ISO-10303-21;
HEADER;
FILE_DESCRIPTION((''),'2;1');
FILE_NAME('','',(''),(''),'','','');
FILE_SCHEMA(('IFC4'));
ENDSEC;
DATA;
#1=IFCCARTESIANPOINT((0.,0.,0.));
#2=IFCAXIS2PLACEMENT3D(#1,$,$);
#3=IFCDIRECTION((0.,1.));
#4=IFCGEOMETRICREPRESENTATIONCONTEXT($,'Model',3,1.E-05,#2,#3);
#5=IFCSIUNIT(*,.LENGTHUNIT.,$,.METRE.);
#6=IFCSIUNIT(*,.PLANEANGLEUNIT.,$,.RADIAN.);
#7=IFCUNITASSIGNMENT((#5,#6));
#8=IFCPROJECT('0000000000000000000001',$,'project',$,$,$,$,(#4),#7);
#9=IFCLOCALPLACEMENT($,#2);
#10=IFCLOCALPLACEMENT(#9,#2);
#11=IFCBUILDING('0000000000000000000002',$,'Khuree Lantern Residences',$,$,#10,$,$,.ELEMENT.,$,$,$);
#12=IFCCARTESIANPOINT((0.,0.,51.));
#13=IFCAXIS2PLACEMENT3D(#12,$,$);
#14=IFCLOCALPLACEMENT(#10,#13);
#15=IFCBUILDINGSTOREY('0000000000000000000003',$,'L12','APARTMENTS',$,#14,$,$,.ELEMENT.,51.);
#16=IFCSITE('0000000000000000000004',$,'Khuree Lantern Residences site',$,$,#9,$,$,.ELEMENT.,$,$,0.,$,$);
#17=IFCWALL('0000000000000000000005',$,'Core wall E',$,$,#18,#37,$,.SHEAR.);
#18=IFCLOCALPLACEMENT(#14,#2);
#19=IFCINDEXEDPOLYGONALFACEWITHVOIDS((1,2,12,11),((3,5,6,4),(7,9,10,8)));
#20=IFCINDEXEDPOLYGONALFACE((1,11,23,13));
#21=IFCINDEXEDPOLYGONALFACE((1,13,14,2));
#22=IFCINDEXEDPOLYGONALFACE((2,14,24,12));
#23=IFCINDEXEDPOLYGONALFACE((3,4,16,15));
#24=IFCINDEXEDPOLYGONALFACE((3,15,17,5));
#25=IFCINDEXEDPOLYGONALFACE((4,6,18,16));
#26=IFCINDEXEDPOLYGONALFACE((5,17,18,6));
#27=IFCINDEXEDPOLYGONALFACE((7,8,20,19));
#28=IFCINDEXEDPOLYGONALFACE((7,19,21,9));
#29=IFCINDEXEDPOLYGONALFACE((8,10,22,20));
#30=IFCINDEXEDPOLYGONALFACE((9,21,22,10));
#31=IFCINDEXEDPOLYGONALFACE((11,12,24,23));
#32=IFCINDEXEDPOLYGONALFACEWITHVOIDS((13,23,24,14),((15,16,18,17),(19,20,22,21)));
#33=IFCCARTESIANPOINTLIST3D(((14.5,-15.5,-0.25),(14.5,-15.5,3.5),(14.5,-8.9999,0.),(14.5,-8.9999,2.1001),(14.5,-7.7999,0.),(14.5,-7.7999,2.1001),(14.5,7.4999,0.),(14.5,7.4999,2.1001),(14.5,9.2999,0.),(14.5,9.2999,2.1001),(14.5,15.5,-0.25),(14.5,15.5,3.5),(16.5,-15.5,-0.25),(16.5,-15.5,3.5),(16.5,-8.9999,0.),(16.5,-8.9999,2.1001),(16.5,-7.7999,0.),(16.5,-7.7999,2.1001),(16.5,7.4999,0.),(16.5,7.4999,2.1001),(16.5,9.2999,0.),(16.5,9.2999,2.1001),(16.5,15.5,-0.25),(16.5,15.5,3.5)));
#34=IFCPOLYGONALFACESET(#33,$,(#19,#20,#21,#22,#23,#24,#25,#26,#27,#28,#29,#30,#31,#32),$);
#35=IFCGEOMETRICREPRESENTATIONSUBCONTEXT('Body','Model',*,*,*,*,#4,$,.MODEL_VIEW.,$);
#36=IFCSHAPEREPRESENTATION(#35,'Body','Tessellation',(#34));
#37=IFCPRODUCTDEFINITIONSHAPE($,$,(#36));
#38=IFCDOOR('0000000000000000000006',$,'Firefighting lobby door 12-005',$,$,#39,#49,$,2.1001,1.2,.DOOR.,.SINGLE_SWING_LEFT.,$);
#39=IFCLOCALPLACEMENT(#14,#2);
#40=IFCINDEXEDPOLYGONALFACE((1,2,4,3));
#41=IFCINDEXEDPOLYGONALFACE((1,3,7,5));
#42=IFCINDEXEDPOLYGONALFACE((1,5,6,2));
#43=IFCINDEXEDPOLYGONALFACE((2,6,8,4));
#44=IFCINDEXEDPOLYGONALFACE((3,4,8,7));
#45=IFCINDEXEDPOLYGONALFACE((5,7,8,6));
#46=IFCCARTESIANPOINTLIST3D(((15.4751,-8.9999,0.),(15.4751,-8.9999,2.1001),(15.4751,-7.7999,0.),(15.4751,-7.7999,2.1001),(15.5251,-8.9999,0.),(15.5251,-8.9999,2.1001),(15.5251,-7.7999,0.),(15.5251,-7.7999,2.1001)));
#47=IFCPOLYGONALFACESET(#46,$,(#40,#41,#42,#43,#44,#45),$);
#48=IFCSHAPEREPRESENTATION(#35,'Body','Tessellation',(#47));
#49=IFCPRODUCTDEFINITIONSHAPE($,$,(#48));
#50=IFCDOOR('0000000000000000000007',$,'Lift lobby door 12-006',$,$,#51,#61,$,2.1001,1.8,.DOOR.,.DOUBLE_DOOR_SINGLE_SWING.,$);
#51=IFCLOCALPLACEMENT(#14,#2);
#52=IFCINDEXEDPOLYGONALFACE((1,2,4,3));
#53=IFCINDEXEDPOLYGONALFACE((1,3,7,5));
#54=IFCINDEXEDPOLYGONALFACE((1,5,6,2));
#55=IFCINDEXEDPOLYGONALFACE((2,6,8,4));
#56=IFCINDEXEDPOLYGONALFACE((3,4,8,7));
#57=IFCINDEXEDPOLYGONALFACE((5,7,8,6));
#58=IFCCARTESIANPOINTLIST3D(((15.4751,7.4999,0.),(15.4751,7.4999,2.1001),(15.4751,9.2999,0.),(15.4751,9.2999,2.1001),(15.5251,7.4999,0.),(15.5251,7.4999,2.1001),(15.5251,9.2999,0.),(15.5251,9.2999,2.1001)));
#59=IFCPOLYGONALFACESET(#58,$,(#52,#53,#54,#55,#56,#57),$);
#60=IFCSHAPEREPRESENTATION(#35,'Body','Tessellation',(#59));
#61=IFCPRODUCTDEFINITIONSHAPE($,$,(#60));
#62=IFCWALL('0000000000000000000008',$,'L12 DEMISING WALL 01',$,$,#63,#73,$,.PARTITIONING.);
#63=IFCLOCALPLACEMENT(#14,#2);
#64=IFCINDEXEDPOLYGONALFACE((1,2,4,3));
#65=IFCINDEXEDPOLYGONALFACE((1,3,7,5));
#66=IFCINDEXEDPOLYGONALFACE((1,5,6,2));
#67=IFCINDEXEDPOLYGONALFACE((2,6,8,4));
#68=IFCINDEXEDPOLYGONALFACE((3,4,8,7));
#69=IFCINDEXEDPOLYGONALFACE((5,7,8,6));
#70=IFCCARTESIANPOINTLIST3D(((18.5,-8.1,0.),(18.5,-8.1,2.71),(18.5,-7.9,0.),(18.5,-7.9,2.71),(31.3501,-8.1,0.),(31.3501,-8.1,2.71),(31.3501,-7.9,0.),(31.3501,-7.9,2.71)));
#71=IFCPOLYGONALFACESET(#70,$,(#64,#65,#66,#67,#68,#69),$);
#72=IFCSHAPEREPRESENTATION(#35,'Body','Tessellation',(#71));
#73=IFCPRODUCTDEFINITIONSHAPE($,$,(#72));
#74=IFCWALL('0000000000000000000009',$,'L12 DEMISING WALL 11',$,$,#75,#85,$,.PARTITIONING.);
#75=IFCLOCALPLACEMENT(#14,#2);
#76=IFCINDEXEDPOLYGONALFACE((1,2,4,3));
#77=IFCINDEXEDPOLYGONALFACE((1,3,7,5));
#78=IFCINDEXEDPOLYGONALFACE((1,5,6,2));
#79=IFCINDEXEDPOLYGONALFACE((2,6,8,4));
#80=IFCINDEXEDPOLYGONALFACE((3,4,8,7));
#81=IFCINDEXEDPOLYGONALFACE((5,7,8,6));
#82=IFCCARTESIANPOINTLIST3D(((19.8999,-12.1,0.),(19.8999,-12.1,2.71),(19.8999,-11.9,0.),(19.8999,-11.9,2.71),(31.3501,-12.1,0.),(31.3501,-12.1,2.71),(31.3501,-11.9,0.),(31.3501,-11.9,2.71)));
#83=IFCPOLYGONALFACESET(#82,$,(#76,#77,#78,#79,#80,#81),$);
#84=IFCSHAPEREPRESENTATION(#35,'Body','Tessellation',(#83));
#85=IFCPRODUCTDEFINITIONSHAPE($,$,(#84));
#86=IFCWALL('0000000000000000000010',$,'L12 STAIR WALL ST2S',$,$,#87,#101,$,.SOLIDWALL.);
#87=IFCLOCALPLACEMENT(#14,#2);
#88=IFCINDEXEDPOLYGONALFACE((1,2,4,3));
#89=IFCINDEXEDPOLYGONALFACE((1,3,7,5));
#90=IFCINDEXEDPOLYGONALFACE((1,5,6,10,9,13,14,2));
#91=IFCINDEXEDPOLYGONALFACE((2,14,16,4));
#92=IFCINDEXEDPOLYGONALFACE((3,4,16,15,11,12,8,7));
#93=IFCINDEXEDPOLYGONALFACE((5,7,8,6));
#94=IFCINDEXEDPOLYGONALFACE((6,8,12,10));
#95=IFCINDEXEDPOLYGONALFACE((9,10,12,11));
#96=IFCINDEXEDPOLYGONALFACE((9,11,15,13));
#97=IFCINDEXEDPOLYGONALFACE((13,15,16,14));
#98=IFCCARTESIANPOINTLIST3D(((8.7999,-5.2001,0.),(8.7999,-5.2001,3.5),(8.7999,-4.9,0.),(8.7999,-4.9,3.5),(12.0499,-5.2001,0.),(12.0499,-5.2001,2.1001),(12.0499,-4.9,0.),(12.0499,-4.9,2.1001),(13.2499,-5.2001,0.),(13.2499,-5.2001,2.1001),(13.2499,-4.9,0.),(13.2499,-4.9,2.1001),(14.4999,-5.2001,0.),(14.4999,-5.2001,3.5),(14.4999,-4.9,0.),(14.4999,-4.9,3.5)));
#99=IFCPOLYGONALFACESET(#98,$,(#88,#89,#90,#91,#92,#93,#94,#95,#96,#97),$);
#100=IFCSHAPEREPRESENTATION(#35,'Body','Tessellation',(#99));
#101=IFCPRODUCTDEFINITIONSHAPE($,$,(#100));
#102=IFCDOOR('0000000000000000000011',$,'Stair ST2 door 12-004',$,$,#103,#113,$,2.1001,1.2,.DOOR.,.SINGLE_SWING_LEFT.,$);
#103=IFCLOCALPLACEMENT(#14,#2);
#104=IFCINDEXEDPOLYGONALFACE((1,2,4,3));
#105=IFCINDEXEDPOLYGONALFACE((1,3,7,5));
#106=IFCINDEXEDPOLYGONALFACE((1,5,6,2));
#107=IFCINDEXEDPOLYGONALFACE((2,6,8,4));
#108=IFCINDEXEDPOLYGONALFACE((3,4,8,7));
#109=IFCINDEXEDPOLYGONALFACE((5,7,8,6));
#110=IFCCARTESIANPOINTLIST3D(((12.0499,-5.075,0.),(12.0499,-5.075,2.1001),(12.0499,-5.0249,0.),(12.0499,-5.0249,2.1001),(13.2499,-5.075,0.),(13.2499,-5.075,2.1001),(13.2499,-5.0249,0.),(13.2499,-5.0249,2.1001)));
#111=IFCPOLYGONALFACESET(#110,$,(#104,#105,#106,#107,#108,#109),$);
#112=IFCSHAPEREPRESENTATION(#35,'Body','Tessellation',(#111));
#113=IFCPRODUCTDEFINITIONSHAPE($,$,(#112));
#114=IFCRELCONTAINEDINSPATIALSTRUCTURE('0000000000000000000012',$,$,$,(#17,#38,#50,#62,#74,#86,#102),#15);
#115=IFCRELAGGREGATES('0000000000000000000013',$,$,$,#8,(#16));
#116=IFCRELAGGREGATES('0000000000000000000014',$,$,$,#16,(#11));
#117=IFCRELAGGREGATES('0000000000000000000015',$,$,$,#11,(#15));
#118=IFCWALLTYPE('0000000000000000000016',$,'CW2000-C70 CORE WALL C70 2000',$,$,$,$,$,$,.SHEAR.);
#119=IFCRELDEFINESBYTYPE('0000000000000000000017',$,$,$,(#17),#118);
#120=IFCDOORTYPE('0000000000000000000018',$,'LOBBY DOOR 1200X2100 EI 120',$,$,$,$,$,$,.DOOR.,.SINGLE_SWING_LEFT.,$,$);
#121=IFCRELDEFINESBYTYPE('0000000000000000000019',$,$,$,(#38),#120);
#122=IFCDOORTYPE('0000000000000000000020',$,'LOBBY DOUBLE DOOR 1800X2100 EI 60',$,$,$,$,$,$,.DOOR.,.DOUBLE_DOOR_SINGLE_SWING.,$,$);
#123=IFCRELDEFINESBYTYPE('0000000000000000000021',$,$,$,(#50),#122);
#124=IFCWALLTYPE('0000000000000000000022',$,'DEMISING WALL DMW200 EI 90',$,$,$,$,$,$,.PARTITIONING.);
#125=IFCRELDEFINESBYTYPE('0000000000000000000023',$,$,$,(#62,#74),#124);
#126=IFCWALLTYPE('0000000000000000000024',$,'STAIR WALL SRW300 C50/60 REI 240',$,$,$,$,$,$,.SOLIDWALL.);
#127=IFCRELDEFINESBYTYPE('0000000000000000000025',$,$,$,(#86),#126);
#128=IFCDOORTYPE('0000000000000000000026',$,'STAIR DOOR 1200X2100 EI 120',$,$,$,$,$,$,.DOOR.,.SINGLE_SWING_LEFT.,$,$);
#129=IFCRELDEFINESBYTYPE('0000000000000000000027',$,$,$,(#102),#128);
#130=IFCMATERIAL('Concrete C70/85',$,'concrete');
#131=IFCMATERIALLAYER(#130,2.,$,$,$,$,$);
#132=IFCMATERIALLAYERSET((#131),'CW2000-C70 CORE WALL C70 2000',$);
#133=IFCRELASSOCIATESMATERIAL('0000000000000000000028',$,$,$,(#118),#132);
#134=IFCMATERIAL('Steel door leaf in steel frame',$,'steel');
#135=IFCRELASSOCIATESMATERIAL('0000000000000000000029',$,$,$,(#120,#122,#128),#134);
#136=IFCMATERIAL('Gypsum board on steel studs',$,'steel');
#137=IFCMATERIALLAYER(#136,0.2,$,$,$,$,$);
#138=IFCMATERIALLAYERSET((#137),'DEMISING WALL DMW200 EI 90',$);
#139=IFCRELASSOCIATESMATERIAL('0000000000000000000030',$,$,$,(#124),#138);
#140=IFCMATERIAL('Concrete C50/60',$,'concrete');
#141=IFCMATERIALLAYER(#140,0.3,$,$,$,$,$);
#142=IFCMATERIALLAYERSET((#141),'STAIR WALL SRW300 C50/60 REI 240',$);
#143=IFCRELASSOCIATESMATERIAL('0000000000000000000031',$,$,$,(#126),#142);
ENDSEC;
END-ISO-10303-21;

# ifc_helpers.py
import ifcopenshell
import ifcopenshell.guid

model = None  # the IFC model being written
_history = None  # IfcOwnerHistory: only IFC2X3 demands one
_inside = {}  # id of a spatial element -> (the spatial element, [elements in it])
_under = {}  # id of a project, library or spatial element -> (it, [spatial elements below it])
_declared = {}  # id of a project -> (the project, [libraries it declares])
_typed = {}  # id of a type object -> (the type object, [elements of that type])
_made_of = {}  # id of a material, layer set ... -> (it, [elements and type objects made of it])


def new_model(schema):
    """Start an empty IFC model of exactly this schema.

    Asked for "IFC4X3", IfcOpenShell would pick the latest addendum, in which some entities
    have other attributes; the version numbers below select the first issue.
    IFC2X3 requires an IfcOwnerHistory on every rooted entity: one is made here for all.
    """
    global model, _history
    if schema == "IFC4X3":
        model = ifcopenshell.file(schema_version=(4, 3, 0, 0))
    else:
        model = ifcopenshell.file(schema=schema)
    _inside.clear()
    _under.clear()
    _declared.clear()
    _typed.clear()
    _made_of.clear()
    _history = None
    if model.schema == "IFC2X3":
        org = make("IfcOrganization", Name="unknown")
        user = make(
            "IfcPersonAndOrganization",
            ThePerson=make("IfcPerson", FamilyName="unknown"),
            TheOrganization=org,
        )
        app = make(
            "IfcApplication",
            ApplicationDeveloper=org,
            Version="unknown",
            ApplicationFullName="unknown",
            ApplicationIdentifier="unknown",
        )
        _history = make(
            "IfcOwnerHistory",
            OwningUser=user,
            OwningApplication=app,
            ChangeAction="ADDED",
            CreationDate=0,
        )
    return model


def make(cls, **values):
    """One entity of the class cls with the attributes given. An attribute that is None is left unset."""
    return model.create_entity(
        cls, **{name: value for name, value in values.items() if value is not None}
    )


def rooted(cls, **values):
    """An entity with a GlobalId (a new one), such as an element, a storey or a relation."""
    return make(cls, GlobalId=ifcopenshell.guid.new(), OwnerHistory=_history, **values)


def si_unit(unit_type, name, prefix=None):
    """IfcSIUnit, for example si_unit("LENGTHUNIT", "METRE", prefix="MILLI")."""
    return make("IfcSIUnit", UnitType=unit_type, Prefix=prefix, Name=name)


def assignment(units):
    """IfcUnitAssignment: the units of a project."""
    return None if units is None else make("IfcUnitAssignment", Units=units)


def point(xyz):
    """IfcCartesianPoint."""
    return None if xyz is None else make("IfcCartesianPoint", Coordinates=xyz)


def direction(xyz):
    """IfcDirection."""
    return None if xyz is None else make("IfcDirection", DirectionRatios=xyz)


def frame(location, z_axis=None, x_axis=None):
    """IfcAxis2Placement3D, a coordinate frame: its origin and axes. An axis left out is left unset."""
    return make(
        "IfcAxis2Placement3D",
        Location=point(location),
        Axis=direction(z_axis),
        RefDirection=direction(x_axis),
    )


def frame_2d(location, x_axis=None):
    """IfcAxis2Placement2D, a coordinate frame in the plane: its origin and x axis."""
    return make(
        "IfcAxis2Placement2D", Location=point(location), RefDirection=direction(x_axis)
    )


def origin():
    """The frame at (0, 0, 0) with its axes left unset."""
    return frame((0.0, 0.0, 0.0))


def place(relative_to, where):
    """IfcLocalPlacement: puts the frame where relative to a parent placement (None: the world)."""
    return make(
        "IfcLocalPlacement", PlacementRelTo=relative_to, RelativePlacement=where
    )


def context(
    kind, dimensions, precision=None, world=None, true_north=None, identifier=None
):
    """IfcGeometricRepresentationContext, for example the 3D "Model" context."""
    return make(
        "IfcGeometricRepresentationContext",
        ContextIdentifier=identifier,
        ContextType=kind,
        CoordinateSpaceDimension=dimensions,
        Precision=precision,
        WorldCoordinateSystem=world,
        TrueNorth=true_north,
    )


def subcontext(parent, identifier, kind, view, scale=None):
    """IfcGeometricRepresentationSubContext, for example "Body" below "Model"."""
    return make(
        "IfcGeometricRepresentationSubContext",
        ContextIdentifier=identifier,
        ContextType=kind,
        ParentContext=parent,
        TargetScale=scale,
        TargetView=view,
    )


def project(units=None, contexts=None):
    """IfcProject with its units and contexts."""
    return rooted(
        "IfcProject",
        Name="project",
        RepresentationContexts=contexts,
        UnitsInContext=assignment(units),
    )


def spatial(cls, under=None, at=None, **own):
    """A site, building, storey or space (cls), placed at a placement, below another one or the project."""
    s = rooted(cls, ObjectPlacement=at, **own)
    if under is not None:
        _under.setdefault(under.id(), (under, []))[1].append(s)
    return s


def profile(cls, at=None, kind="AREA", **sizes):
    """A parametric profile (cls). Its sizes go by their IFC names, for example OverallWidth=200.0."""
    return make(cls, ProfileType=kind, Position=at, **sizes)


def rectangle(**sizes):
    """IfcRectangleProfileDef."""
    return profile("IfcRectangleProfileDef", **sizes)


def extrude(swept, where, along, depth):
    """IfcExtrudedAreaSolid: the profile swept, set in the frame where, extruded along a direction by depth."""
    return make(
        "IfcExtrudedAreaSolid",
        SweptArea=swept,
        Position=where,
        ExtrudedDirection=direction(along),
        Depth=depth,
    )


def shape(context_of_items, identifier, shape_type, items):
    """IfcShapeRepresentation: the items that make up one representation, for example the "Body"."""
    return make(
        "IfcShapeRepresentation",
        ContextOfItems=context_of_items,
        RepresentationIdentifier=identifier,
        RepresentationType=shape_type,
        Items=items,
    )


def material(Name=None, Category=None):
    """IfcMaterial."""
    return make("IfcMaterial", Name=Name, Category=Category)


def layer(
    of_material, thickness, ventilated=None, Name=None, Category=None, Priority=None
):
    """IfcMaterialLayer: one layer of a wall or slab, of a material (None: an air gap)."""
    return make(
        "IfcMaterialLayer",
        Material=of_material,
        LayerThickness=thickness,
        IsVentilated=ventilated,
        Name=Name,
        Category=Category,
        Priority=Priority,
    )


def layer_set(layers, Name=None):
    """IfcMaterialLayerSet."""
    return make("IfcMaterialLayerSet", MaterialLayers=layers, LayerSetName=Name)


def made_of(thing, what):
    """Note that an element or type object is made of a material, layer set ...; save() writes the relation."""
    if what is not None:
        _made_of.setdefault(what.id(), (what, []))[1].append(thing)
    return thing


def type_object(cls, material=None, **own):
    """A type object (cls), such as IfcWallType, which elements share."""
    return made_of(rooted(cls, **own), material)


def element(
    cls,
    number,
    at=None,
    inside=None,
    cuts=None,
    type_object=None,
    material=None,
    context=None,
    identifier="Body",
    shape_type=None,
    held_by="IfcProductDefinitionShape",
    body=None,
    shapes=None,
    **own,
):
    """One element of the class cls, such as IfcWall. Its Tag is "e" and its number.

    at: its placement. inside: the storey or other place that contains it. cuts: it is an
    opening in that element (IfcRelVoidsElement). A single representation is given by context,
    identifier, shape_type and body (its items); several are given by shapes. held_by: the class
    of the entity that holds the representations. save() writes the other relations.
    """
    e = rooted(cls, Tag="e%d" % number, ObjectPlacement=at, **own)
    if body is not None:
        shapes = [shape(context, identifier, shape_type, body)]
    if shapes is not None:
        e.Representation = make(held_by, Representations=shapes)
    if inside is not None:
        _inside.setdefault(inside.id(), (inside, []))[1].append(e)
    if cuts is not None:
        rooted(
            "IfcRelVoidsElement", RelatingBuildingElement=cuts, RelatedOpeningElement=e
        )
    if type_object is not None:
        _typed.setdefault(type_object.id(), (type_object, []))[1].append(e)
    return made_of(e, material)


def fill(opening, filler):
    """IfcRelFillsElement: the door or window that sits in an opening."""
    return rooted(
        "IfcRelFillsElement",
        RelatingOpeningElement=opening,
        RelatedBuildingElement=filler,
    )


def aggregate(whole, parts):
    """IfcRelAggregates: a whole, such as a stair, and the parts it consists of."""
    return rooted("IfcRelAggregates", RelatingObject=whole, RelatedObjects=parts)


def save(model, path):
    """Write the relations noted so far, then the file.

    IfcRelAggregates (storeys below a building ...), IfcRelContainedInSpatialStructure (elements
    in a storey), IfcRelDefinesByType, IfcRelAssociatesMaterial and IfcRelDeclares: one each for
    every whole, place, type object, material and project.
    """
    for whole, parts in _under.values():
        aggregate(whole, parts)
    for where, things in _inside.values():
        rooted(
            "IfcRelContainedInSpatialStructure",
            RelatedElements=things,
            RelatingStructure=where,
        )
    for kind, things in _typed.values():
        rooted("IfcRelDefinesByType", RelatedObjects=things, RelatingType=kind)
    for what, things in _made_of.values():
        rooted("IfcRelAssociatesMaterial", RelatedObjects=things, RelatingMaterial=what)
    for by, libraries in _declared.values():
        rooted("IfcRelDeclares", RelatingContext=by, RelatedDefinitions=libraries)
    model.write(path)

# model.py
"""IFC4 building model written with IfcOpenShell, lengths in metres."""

from ifc_helpers import new_model, si_unit, direction, frame, frame_2d, origin, place, context, subcontext, project, spatial, rectangle, extrude, material, layer, layer_set, type_object, element, fill, save


model = new_model("IFC4")

# Units and contexts
model_context = context("Model", 3, precision=1e-05, world=origin(), true_north=direction((0.0, 1.0)))
body_context = subcontext(model_context, "Body", "Model", "MODEL_VIEW")
ifc_project = project(units=[si_unit("LENGTHUNIT", "METRE"), si_unit("PLANEANGLEUNIT", "RADIAN")], contexts=[model_context])

# Site, building, storey
site_placement = place(None, origin())
site = spatial("IfcSite", under=ifc_project, at=site_placement, Name="Khuree Lantern Residences site", CompositionType="ELEMENT", RefElevation=0.0)
building_placement = place(site_placement, origin())
building = spatial("IfcBuilding", under=site, at=building_placement, Name="Khuree Lantern Residences", CompositionType="ELEMENT")
storey_placement = place(building_placement, frame((0.0, 0.0, 51.0)))
storey = spatial("IfcBuildingStorey", under=building, at=storey_placement, Name="L12", Description="APARTMENTS", CompositionType="ELEMENT", Elevation=51.0)

# Shared definitions
ifc_material_1 = material(Name="Concrete C70/85", Category="concrete")

# Shared definitions
ifc_material_2 = material(Name="Gypsum board on steel studs", Category="steel")

# Wall, openings, doors
ifc_layer_1 = layer(ifc_material_1, 2.0)
ifc_layer_set_1 = layer_set([ifc_layer_1], Name="CW2000-C70 CORE WALL C70 2000")
wall_type_1 = type_object("IfcWallType", Name="CW2000-C70 CORE WALL C70 2000", PredefinedType="SHEAR", material=ifc_layer_set_1)
wall_1_placement = place(storey_placement, frame((15.5, -15.5, -0.25), z_axis=(0.0, 0.0, 1.0), x_axis=(0.0, 1.0, 0.0)))
wall_1 = element("IfcWall", 1, at=wall_1_placement, inside=storey, type_object=wall_type_1, Name="Core wall E", PredefinedType="SHEAR", context=body_context, shape_type="SweptSolid", body=[
    extrude(rectangle(XDim=31.0, YDim=2.0, at=frame_2d((15.5, 0.0))), origin(), (0.0, 0.0, 1.0), 3.75),
])
opening_1_placement = place(wall_1_placement, frame((6.5, 0.0, 0.25)))
opening_1 = element("IfcOpeningElement", 2, at=opening_1_placement, cuts=wall_1, PredefinedType="OPENING", context=body_context, shape_type="SweptSolid", body=[
    extrude(rectangle(XDim=1.2, YDim=2.1001, at=frame_2d((0.6001, 1.05))), frame((0.0, 1.01, 0.0), z_axis=(0.0, -1.0, 0.0), x_axis=(1.0, 0.0, 0.0)), (0.0, 0.0, 1.0), 2.02),
])
opening_2_placement = place(wall_1_placement, frame((23.0, 0.0, 0.25)))
opening_2 = element("IfcOpeningElement", 3, at=opening_2_placement, cuts=wall_1, PredefinedType="OPENING", context=body_context, shape_type="SweptSolid", body=[
    extrude(rectangle(XDim=1.8, YDim=2.1001, at=frame_2d((0.8999, 1.05))), frame((0.0, 1.01, 0.0), z_axis=(0.0, -1.0, 0.0), x_axis=(1.0, 0.0, 0.0)), (0.0, 0.0, 1.0), 2.02),
])
ifc_material_3 = material(Name="Steel door leaf in steel frame", Category="steel")
door_type_1 = type_object("IfcDoorType", Name="LOBBY DOOR 1200X2100 EI 120", OperationType="SINGLE_SWING_LEFT", PredefinedType="DOOR", material=ifc_material_3)
door_1_placement = place(opening_1_placement, origin())
door_1 = element("IfcDoor", 4, at=door_1_placement, inside=storey, type_object=door_type_1, Name="Firefighting lobby door 12-005", OperationType="SINGLE_SWING_LEFT", OverallHeight=2.1001, OverallWidth=1.2, PredefinedType="DOOR", context=body_context, shape_type="SweptSolid", body=[
    extrude(rectangle(XDim=1.2, YDim=2.1001, at=frame_2d((0.6001, 1.05))), frame((0.0, 0.0249, 0.0), z_axis=(0.0, -1.0, 0.0), x_axis=(1.0, 0.0, 0.0)), (0.0, 0.0, 1.0), 0.05),
])
fill(opening_1, door_1)
door_type_2 = type_object("IfcDoorType", Name="LOBBY DOUBLE DOOR 1800X2100 EI 60", OperationType="DOUBLE_DOOR_SINGLE_SWING", PredefinedType="DOOR", material=ifc_material_3)
door_2_placement = place(opening_2_placement, origin())
door_2 = element("IfcDoor", 5, at=door_2_placement, inside=storey, type_object=door_type_2, Name="Lift lobby door 12-006", OperationType="DOUBLE_DOOR_SINGLE_SWING", OverallHeight=2.1001, OverallWidth=1.8, PredefinedType="DOOR", context=body_context, shape_type="SweptSolid", body=[
    extrude(rectangle(XDim=1.8, YDim=2.1001, at=frame_2d((0.8999, 1.05))), frame((0.0, 0.0249, 0.0), z_axis=(0.0, -1.0, 0.0), x_axis=(1.0, 0.0, 0.0)), (0.0, 0.0, 1.0), 0.05),
])
fill(opening_2, door_2)

# Walls
ifc_layer_2 = layer(ifc_material_2, 0.2)
ifc_layer_set_2 = layer_set([ifc_layer_2], Name="DEMISING WALL DMW200 EI 90")
wall_type_2 = type_object("IfcWallType", Name="DEMISING WALL DMW200 EI 90", PredefinedType="PARTITIONING", material=ifc_layer_set_2)
wall_2_placement = place(storey_placement, frame((18.5, -8.0, 0.0), z_axis=(0.0, 0.0, 1.0), x_axis=(1.0, 0.0, 0.0)))
element("IfcWall", 6, at=wall_2_placement, inside=storey, type_object=wall_type_2, Name="L12 DEMISING WALL 01", PredefinedType="PARTITIONING", context=body_context, shape_type="SweptSolid", body=[
    extrude(rectangle(XDim=12.8501, YDim=0.2, at=frame_2d((6.425, 0.0))), origin(), (0.0, 0.0, 1.0), 2.71),
])
wall_3_placement = place(storey_placement, frame((19.8999, -12.0, 0.0), z_axis=(0.0, 0.0, 1.0), x_axis=(1.0, 0.0, 0.0)))
element("IfcWall", 7, at=wall_3_placement, inside=storey, type_object=wall_type_2, Name="L12 DEMISING WALL 11", PredefinedType="PARTITIONING", context=body_context, shape_type="SweptSolid", body=[
    extrude(rectangle(XDim=11.4502, YDim=0.2, at=frame_2d((5.7251, 0.0))), origin(), (0.0, 0.0, 1.0), 2.71),
])

# Wall, opening, door
ifc_material_4 = material(Name="Concrete C50/60", Category="concrete")
ifc_layer_3 = layer(ifc_material_4, 0.3)
ifc_layer_set_3 = layer_set([ifc_layer_3], Name="STAIR WALL SRW300 C50/60 REI 240")
wall_type_3 = type_object("IfcWallType", Name="STAIR WALL SRW300 C50/60 REI 240", PredefinedType="SOLIDWALL", material=ifc_layer_set_3)
wall_4_placement = place(storey_placement, frame((14.5, -5.05, 0.0), z_axis=(0.0, 0.0, 1.0), x_axis=(-1.0, 0.0, 0.0)))
wall_4 = element("IfcWall", 8, at=wall_4_placement, inside=storey, type_object=wall_type_3, Name="L12 STAIR WALL ST2S", PredefinedType="SOLIDWALL", context=body_context, shape_type="SweptSolid", body=[
    extrude(rectangle(XDim=5.7, YDim=0.3, at=frame_2d((2.8501, 0.0))), origin(), (0.0, 0.0, 1.0), 3.5),
])
opening_3_placement = place(wall_4_placement, frame((1.25, 0.0, 0.0)))
opening_3 = element("IfcOpeningElement", 9, at=opening_3_placement, cuts=wall_4, PredefinedType="OPENING", context=body_context, shape_type="SweptSolid", body=[
    extrude(rectangle(XDim=1.2, YDim=2.1001, at=frame_2d((0.6001, 1.05))), frame((0.0, 0.1602, 0.0), z_axis=(0.0, -1.0, 0.0), x_axis=(1.0, 0.0, 0.0)), (0.0, 0.0, 1.0), 0.3201),
])
door_type_3 = type_object("IfcDoorType", Name="STAIR DOOR 1200X2100 EI 120", OperationType="SINGLE_SWING_LEFT", PredefinedType="DOOR", material=ifc_material_3)
door_3_placement = place(opening_3_placement, origin())
door_3 = element("IfcDoor", 10, at=door_3_placement, inside=storey, type_object=door_type_3, Name="Stair ST2 door 12-004", OperationType="SINGLE_SWING_LEFT", OverallHeight=2.1001, OverallWidth=1.2, PredefinedType="DOOR", context=body_context, shape_type="SweptSolid", body=[
    extrude(rectangle(XDim=1.2, YDim=2.1001, at=frame_2d((0.6001, 1.05))), frame((0.0, 0.0249, 0.0), z_axis=(0.0, -1.0, 0.0), x_axis=(1.0, 0.0, 0.0)), (0.0, 0.0, 1.0), 0.05),
])
fill(opening_3, door_3)

save(model, "model.ifc")
